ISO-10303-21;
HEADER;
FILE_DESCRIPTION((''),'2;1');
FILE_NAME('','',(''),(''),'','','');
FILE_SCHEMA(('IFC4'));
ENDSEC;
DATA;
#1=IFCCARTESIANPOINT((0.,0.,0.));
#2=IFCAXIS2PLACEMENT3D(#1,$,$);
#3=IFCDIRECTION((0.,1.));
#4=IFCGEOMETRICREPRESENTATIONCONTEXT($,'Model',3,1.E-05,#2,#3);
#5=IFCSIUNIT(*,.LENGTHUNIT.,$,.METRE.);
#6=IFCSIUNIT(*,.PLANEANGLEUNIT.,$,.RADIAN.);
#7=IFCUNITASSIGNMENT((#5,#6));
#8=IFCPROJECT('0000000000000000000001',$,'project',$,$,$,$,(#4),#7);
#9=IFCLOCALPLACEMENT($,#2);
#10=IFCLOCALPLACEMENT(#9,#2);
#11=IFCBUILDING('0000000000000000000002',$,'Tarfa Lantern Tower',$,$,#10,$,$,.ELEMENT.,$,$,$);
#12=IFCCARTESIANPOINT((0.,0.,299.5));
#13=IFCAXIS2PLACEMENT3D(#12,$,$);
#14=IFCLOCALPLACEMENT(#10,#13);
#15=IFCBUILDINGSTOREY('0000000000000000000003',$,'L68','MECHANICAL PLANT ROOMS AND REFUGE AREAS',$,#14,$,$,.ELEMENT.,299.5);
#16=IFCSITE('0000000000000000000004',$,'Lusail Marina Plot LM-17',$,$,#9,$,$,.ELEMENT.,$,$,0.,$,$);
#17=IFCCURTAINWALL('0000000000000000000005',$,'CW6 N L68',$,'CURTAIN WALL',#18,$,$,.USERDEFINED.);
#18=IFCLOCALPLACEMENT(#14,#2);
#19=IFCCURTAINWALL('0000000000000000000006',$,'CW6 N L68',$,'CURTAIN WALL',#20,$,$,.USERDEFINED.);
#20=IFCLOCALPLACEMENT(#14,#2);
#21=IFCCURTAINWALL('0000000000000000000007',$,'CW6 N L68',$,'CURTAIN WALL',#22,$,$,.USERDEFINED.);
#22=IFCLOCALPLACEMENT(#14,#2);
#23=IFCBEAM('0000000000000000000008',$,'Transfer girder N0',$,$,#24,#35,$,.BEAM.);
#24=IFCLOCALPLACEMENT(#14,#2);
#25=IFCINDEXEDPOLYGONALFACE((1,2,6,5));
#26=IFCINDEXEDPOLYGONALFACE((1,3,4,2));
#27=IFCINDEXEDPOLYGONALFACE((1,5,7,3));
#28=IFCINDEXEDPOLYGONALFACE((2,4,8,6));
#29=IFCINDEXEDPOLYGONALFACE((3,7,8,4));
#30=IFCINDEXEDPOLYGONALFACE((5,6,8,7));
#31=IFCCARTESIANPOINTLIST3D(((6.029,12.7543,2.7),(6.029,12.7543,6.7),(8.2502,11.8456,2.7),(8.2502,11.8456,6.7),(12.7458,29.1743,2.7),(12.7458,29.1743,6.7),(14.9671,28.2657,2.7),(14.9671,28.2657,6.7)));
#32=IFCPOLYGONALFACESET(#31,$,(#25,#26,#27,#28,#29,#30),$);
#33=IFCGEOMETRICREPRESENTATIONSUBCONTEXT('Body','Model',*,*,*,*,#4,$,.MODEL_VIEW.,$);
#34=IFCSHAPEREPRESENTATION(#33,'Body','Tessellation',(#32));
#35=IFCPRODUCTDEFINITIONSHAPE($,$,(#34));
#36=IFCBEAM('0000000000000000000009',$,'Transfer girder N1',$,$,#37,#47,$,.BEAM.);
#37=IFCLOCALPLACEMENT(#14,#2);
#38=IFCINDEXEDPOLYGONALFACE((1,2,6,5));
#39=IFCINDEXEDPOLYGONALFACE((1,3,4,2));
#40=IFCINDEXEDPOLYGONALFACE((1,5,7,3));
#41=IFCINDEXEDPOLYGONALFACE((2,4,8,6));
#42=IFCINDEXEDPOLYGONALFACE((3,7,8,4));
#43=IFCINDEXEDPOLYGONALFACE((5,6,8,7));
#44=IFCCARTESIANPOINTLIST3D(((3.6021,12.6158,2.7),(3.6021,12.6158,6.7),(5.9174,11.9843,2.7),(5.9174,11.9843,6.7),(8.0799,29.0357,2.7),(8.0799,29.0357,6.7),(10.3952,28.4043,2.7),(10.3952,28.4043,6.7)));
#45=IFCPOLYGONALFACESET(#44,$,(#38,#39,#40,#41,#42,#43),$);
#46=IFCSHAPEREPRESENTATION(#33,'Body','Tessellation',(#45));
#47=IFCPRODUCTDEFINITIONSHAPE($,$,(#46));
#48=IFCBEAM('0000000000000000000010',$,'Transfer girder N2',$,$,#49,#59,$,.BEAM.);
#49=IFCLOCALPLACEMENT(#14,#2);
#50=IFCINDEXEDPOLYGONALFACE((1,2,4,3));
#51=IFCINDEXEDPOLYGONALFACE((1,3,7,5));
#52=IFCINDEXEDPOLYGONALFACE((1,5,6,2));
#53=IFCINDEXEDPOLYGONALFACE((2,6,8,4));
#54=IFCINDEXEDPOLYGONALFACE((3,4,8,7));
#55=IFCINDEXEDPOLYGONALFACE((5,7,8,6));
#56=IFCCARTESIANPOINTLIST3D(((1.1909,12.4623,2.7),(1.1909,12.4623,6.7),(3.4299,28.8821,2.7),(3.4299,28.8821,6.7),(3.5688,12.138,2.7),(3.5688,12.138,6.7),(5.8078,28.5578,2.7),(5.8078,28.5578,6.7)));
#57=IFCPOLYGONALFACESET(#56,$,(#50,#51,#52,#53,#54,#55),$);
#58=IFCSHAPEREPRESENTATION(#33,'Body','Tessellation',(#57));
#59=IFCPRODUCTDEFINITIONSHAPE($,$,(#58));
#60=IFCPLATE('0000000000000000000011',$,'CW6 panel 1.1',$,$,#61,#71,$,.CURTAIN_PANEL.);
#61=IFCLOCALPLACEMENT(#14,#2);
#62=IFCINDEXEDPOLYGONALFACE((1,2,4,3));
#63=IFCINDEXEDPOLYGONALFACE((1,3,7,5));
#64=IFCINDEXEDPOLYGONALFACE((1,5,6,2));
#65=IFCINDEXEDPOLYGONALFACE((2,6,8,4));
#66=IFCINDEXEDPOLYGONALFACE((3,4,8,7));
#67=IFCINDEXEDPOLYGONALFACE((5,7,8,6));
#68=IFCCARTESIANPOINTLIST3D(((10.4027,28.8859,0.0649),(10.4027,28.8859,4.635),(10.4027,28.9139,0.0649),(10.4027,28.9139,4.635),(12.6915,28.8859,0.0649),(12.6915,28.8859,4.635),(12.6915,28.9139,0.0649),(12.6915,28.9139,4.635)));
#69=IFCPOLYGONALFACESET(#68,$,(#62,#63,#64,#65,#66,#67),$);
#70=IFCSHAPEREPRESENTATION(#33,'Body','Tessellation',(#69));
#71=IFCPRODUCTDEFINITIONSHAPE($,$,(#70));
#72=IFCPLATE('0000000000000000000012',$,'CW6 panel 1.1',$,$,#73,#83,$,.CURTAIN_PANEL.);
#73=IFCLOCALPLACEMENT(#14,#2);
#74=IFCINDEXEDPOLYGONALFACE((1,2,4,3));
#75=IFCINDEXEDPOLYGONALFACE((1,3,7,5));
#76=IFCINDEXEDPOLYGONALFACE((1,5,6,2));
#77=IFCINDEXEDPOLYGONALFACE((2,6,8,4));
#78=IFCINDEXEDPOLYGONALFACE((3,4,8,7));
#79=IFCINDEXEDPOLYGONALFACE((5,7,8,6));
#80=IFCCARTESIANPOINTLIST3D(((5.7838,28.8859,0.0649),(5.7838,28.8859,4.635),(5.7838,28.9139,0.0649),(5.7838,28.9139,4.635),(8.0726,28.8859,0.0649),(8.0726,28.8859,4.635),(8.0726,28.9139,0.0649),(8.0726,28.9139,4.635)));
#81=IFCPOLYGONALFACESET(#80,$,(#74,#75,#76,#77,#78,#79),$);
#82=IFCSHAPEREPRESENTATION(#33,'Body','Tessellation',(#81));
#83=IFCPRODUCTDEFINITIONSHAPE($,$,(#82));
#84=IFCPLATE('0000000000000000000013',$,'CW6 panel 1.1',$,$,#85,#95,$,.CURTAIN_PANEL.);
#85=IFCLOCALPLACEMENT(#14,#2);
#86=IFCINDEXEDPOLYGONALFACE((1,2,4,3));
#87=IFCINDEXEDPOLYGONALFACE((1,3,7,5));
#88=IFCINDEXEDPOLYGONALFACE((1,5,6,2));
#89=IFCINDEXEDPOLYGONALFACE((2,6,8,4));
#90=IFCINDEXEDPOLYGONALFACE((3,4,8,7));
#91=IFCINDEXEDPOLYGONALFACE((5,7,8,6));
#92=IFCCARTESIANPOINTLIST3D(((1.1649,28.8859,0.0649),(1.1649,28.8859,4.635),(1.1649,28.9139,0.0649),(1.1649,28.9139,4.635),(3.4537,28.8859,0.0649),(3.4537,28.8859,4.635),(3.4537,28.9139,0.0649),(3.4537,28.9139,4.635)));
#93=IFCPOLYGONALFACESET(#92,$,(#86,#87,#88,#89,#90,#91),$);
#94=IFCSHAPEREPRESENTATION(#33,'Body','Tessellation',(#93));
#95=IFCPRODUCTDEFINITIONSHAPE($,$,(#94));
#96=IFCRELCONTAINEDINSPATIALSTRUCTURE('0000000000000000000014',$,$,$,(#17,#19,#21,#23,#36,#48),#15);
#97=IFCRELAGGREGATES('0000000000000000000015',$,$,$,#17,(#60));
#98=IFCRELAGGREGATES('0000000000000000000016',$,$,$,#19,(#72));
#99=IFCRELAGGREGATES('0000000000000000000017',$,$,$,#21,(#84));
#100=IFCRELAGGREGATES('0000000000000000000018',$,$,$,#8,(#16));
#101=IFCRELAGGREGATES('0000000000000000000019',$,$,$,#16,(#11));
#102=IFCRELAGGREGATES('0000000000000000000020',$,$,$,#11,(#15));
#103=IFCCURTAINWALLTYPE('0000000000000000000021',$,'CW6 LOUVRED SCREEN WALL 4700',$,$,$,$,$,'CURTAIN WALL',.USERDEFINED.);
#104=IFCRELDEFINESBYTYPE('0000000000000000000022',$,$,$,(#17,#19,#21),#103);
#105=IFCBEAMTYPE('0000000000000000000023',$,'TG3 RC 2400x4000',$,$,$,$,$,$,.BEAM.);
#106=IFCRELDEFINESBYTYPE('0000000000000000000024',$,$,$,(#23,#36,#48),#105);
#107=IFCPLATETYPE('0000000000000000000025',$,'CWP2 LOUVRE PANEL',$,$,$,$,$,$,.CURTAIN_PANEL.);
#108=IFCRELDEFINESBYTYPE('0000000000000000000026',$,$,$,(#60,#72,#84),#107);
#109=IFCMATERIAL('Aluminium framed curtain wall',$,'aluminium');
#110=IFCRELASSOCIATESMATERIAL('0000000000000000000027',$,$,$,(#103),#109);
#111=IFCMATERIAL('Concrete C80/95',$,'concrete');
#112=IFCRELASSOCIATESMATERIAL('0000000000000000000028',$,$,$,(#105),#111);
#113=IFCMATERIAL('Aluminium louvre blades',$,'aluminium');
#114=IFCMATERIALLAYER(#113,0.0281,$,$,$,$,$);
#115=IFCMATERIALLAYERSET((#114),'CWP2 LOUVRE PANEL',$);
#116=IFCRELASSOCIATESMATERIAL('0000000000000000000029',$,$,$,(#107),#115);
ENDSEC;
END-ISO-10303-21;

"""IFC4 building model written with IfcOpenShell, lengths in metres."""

from ifc_helpers import new_model, si_unit, direction, frame, origin, origin_2d, place, context, subcontext, project, spatial, rectangle, extrude, material, layer, layer_set, material_profile, profile_set, type_object, element, aggregate, save


model = new_model("IFC4")

# Units and contexts
model_context = context("Model", 3, precision=1e-05, world=origin(), true_north=direction((0.0, 1.0)))
body_context = subcontext(model_context, "Body", "Model", "MODEL_VIEW")
ifc_project = project(units=[si_unit("LENGTHUNIT", "METRE"), si_unit("PLANEANGLEUNIT", "RADIAN")], contexts=[model_context])

# Site, building, storey
site_placement = place(None, origin())
site = spatial("IfcSite", under=ifc_project, at=site_placement, Name="Lusail Marina Plot LM-17", CompositionType="ELEMENT", RefElevation=0.0)
building_placement = place(site_placement, origin())
building = spatial("IfcBuilding", under=site, at=building_placement, Name="Tarfa Lantern Tower", CompositionType="ELEMENT")
storey_placement = place(building_placement, frame((0.0, 0.0, 299.5)))
storey = spatial("IfcBuildingStorey", under=building, at=storey_placement, Name="L68", Description="MECHANICAL PLANT ROOMS AND REFUGE AREAS", CompositionType="ELEMENT", Elevation=299.5)

# Shared definitions
ifc_material_1 = material(Name="Concrete C80/95", Category="concrete")

# Curtain walls
ifc_material_2 = material(Name="Aluminium framed curtain wall", Category="aluminium")
curtain_wall_type = type_object("IfcCurtainWallType", Name="CW6 LOUVRED SCREEN WALL 4700", ElementType="CURTAIN WALL", PredefinedType="USERDEFINED", material=ifc_material_2)
curtain_wall_1_placement = place(storey_placement, origin())
curtain_wall_1 = element("IfcCurtainWall", 1, at=curtain_wall_1_placement, inside=storey, type_object=curtain_wall_type, Name="CW6 N L68", ObjectType="CURTAIN WALL", PredefinedType="USERDEFINED")
curtain_wall_2_placement = place(storey_placement, origin())
curtain_wall_2 = element("IfcCurtainWall", 2, at=curtain_wall_2_placement, inside=storey, type_object=curtain_wall_type, Name="CW6 N L68", ObjectType="CURTAIN WALL", PredefinedType="USERDEFINED")
curtain_wall_3_placement = place(storey_placement, origin())
curtain_wall_3 = element("IfcCurtainWall", 3, at=curtain_wall_3_placement, inside=storey, type_object=curtain_wall_type, Name="CW6 N L68", ObjectType="CURTAIN WALL", PredefinedType="USERDEFINED")

# Beams
ifc_material_profile_1 = material_profile(ifc_material_1, rectangle(XDim=2.3999, YDim=4.0, at=origin_2d()), Name="RC 2400x4000")
ifc_profile_set_1 = profile_set([ifc_material_profile_1], Name="Concrete C80/95")
beam_type_1 = type_object("IfcBeamType", Name="TG3 RC 2400x4000", PredefinedType="BEAM", material=ifc_profile_set_1)
beam_1_placement = place(storey_placement, frame((13.8564, 28.72, 4.7), z_axis=(-0.378611, -0.925556, 0.0), x_axis=(0.925556, -0.378611, 0.0)))
element("IfcBeam", 4, at=beam_1_placement, inside=storey, type_object=beam_type_1, Name="Transfer girder N0", PredefinedType="BEAM", context=body_context, shape_type="SweptSolid", body=[
    extrude(rectangle(XDim=2.3999, YDim=4.0, at=origin_2d()), origin(), (0.0, 0.0, 1.0), 17.7407),
])
beam_2_placement = place(storey_placement, frame((9.2375, 28.72, 4.7), z_axis=(-0.263097, -0.964769, 0.0), x_axis=(0.964769, -0.263097, 0.0)))
element("IfcBeam", 5, at=beam_2_placement, inside=storey, type_object=beam_type_1, Name="Transfer girder N1", PredefinedType="BEAM", context=body_context, shape_type="SweptSolid", body=[
    extrude(rectangle(XDim=2.3999, YDim=4.0, at=origin_2d()), origin(), (0.0, 0.0, 1.0), 17.0195),
])
beam_3_placement = place(storey_placement, frame((4.6189, 28.72, 4.7), z_axis=(-0.135109, -0.990831, 0.0), x_axis=(0.990831, -0.135109, 0.0)))
element("IfcBeam", 6, at=beam_3_placement, inside=storey, type_object=beam_type_1, Name="Transfer girder N2", PredefinedType="BEAM", context=body_context, shape_type="SweptSolid", body=[
    extrude(rectangle(XDim=2.3999, YDim=4.0, at=origin_2d()), origin(), (0.0, 0.0, 1.0), 16.5718),
])

# Plates
ifc_material_3 = material(Name="Aluminium louvre blades", Category="aluminium")
ifc_layer = layer(ifc_material_3, 0.0281)
ifc_layer_set = layer_set([ifc_layer], Name="CWP2 LOUVRE PANEL")
plate_type = type_object("IfcPlateType", Name="CWP2 LOUVRE PANEL", PredefinedType="CURTAIN_PANEL", material=ifc_layer_set)
plate_1_placement = place(storey_placement, frame((11.5471, 28.8999, 0.0649), z_axis=(0.0, 0.0, 1.0), x_axis=(-1.0, 0.0, 0.0)))
plate_1 = element("IfcPlate", 7, at=plate_1_placement, type_object=plate_type, Name="CW6 panel 1.1", PredefinedType="CURTAIN_PANEL", context=body_context, shape_type="SweptSolid", body=[
    extrude(rectangle(XDim=2.2888, YDim=0.0281, at=origin_2d()), origin(), (0.0, 0.0, 1.0), 4.5701),
])
aggregate(curtain_wall_1, [plate_1])
plate_2_placement = place(storey_placement, frame((6.9282, 28.8999, 0.0649), z_axis=(0.0, 0.0, 1.0), x_axis=(-1.0, 0.0, 0.0)))
plate_2 = element("IfcPlate", 8, at=plate_2_placement, type_object=plate_type, Name="CW6 panel 1.1", PredefinedType="CURTAIN_PANEL", context=body_context, shape_type="SweptSolid", body=[
    extrude(rectangle(XDim=2.2888, YDim=0.0281, at=origin_2d()), origin(), (0.0, 0.0, 1.0), 4.5701),
])
aggregate(curtain_wall_2, [plate_2])
plate_3_placement = place(storey_placement, frame((2.3093, 28.8999, 0.0649), z_axis=(0.0, 0.0, 1.0), x_axis=(-1.0, 0.0, 0.0)))
plate_3 = element("IfcPlate", 9, at=plate_3_placement, type_object=plate_type, Name="CW6 panel 1.1", PredefinedType="CURTAIN_PANEL", context=body_context, shape_type="SweptSolid", body=[
    extrude(rectangle(XDim=2.2888, YDim=0.0281, at=origin_2d()), origin(), (0.0, 0.0, 1.0), 4.5701),
])
aggregate(curtain_wall_3, [plate_3])

save(model, "model.ifc")
